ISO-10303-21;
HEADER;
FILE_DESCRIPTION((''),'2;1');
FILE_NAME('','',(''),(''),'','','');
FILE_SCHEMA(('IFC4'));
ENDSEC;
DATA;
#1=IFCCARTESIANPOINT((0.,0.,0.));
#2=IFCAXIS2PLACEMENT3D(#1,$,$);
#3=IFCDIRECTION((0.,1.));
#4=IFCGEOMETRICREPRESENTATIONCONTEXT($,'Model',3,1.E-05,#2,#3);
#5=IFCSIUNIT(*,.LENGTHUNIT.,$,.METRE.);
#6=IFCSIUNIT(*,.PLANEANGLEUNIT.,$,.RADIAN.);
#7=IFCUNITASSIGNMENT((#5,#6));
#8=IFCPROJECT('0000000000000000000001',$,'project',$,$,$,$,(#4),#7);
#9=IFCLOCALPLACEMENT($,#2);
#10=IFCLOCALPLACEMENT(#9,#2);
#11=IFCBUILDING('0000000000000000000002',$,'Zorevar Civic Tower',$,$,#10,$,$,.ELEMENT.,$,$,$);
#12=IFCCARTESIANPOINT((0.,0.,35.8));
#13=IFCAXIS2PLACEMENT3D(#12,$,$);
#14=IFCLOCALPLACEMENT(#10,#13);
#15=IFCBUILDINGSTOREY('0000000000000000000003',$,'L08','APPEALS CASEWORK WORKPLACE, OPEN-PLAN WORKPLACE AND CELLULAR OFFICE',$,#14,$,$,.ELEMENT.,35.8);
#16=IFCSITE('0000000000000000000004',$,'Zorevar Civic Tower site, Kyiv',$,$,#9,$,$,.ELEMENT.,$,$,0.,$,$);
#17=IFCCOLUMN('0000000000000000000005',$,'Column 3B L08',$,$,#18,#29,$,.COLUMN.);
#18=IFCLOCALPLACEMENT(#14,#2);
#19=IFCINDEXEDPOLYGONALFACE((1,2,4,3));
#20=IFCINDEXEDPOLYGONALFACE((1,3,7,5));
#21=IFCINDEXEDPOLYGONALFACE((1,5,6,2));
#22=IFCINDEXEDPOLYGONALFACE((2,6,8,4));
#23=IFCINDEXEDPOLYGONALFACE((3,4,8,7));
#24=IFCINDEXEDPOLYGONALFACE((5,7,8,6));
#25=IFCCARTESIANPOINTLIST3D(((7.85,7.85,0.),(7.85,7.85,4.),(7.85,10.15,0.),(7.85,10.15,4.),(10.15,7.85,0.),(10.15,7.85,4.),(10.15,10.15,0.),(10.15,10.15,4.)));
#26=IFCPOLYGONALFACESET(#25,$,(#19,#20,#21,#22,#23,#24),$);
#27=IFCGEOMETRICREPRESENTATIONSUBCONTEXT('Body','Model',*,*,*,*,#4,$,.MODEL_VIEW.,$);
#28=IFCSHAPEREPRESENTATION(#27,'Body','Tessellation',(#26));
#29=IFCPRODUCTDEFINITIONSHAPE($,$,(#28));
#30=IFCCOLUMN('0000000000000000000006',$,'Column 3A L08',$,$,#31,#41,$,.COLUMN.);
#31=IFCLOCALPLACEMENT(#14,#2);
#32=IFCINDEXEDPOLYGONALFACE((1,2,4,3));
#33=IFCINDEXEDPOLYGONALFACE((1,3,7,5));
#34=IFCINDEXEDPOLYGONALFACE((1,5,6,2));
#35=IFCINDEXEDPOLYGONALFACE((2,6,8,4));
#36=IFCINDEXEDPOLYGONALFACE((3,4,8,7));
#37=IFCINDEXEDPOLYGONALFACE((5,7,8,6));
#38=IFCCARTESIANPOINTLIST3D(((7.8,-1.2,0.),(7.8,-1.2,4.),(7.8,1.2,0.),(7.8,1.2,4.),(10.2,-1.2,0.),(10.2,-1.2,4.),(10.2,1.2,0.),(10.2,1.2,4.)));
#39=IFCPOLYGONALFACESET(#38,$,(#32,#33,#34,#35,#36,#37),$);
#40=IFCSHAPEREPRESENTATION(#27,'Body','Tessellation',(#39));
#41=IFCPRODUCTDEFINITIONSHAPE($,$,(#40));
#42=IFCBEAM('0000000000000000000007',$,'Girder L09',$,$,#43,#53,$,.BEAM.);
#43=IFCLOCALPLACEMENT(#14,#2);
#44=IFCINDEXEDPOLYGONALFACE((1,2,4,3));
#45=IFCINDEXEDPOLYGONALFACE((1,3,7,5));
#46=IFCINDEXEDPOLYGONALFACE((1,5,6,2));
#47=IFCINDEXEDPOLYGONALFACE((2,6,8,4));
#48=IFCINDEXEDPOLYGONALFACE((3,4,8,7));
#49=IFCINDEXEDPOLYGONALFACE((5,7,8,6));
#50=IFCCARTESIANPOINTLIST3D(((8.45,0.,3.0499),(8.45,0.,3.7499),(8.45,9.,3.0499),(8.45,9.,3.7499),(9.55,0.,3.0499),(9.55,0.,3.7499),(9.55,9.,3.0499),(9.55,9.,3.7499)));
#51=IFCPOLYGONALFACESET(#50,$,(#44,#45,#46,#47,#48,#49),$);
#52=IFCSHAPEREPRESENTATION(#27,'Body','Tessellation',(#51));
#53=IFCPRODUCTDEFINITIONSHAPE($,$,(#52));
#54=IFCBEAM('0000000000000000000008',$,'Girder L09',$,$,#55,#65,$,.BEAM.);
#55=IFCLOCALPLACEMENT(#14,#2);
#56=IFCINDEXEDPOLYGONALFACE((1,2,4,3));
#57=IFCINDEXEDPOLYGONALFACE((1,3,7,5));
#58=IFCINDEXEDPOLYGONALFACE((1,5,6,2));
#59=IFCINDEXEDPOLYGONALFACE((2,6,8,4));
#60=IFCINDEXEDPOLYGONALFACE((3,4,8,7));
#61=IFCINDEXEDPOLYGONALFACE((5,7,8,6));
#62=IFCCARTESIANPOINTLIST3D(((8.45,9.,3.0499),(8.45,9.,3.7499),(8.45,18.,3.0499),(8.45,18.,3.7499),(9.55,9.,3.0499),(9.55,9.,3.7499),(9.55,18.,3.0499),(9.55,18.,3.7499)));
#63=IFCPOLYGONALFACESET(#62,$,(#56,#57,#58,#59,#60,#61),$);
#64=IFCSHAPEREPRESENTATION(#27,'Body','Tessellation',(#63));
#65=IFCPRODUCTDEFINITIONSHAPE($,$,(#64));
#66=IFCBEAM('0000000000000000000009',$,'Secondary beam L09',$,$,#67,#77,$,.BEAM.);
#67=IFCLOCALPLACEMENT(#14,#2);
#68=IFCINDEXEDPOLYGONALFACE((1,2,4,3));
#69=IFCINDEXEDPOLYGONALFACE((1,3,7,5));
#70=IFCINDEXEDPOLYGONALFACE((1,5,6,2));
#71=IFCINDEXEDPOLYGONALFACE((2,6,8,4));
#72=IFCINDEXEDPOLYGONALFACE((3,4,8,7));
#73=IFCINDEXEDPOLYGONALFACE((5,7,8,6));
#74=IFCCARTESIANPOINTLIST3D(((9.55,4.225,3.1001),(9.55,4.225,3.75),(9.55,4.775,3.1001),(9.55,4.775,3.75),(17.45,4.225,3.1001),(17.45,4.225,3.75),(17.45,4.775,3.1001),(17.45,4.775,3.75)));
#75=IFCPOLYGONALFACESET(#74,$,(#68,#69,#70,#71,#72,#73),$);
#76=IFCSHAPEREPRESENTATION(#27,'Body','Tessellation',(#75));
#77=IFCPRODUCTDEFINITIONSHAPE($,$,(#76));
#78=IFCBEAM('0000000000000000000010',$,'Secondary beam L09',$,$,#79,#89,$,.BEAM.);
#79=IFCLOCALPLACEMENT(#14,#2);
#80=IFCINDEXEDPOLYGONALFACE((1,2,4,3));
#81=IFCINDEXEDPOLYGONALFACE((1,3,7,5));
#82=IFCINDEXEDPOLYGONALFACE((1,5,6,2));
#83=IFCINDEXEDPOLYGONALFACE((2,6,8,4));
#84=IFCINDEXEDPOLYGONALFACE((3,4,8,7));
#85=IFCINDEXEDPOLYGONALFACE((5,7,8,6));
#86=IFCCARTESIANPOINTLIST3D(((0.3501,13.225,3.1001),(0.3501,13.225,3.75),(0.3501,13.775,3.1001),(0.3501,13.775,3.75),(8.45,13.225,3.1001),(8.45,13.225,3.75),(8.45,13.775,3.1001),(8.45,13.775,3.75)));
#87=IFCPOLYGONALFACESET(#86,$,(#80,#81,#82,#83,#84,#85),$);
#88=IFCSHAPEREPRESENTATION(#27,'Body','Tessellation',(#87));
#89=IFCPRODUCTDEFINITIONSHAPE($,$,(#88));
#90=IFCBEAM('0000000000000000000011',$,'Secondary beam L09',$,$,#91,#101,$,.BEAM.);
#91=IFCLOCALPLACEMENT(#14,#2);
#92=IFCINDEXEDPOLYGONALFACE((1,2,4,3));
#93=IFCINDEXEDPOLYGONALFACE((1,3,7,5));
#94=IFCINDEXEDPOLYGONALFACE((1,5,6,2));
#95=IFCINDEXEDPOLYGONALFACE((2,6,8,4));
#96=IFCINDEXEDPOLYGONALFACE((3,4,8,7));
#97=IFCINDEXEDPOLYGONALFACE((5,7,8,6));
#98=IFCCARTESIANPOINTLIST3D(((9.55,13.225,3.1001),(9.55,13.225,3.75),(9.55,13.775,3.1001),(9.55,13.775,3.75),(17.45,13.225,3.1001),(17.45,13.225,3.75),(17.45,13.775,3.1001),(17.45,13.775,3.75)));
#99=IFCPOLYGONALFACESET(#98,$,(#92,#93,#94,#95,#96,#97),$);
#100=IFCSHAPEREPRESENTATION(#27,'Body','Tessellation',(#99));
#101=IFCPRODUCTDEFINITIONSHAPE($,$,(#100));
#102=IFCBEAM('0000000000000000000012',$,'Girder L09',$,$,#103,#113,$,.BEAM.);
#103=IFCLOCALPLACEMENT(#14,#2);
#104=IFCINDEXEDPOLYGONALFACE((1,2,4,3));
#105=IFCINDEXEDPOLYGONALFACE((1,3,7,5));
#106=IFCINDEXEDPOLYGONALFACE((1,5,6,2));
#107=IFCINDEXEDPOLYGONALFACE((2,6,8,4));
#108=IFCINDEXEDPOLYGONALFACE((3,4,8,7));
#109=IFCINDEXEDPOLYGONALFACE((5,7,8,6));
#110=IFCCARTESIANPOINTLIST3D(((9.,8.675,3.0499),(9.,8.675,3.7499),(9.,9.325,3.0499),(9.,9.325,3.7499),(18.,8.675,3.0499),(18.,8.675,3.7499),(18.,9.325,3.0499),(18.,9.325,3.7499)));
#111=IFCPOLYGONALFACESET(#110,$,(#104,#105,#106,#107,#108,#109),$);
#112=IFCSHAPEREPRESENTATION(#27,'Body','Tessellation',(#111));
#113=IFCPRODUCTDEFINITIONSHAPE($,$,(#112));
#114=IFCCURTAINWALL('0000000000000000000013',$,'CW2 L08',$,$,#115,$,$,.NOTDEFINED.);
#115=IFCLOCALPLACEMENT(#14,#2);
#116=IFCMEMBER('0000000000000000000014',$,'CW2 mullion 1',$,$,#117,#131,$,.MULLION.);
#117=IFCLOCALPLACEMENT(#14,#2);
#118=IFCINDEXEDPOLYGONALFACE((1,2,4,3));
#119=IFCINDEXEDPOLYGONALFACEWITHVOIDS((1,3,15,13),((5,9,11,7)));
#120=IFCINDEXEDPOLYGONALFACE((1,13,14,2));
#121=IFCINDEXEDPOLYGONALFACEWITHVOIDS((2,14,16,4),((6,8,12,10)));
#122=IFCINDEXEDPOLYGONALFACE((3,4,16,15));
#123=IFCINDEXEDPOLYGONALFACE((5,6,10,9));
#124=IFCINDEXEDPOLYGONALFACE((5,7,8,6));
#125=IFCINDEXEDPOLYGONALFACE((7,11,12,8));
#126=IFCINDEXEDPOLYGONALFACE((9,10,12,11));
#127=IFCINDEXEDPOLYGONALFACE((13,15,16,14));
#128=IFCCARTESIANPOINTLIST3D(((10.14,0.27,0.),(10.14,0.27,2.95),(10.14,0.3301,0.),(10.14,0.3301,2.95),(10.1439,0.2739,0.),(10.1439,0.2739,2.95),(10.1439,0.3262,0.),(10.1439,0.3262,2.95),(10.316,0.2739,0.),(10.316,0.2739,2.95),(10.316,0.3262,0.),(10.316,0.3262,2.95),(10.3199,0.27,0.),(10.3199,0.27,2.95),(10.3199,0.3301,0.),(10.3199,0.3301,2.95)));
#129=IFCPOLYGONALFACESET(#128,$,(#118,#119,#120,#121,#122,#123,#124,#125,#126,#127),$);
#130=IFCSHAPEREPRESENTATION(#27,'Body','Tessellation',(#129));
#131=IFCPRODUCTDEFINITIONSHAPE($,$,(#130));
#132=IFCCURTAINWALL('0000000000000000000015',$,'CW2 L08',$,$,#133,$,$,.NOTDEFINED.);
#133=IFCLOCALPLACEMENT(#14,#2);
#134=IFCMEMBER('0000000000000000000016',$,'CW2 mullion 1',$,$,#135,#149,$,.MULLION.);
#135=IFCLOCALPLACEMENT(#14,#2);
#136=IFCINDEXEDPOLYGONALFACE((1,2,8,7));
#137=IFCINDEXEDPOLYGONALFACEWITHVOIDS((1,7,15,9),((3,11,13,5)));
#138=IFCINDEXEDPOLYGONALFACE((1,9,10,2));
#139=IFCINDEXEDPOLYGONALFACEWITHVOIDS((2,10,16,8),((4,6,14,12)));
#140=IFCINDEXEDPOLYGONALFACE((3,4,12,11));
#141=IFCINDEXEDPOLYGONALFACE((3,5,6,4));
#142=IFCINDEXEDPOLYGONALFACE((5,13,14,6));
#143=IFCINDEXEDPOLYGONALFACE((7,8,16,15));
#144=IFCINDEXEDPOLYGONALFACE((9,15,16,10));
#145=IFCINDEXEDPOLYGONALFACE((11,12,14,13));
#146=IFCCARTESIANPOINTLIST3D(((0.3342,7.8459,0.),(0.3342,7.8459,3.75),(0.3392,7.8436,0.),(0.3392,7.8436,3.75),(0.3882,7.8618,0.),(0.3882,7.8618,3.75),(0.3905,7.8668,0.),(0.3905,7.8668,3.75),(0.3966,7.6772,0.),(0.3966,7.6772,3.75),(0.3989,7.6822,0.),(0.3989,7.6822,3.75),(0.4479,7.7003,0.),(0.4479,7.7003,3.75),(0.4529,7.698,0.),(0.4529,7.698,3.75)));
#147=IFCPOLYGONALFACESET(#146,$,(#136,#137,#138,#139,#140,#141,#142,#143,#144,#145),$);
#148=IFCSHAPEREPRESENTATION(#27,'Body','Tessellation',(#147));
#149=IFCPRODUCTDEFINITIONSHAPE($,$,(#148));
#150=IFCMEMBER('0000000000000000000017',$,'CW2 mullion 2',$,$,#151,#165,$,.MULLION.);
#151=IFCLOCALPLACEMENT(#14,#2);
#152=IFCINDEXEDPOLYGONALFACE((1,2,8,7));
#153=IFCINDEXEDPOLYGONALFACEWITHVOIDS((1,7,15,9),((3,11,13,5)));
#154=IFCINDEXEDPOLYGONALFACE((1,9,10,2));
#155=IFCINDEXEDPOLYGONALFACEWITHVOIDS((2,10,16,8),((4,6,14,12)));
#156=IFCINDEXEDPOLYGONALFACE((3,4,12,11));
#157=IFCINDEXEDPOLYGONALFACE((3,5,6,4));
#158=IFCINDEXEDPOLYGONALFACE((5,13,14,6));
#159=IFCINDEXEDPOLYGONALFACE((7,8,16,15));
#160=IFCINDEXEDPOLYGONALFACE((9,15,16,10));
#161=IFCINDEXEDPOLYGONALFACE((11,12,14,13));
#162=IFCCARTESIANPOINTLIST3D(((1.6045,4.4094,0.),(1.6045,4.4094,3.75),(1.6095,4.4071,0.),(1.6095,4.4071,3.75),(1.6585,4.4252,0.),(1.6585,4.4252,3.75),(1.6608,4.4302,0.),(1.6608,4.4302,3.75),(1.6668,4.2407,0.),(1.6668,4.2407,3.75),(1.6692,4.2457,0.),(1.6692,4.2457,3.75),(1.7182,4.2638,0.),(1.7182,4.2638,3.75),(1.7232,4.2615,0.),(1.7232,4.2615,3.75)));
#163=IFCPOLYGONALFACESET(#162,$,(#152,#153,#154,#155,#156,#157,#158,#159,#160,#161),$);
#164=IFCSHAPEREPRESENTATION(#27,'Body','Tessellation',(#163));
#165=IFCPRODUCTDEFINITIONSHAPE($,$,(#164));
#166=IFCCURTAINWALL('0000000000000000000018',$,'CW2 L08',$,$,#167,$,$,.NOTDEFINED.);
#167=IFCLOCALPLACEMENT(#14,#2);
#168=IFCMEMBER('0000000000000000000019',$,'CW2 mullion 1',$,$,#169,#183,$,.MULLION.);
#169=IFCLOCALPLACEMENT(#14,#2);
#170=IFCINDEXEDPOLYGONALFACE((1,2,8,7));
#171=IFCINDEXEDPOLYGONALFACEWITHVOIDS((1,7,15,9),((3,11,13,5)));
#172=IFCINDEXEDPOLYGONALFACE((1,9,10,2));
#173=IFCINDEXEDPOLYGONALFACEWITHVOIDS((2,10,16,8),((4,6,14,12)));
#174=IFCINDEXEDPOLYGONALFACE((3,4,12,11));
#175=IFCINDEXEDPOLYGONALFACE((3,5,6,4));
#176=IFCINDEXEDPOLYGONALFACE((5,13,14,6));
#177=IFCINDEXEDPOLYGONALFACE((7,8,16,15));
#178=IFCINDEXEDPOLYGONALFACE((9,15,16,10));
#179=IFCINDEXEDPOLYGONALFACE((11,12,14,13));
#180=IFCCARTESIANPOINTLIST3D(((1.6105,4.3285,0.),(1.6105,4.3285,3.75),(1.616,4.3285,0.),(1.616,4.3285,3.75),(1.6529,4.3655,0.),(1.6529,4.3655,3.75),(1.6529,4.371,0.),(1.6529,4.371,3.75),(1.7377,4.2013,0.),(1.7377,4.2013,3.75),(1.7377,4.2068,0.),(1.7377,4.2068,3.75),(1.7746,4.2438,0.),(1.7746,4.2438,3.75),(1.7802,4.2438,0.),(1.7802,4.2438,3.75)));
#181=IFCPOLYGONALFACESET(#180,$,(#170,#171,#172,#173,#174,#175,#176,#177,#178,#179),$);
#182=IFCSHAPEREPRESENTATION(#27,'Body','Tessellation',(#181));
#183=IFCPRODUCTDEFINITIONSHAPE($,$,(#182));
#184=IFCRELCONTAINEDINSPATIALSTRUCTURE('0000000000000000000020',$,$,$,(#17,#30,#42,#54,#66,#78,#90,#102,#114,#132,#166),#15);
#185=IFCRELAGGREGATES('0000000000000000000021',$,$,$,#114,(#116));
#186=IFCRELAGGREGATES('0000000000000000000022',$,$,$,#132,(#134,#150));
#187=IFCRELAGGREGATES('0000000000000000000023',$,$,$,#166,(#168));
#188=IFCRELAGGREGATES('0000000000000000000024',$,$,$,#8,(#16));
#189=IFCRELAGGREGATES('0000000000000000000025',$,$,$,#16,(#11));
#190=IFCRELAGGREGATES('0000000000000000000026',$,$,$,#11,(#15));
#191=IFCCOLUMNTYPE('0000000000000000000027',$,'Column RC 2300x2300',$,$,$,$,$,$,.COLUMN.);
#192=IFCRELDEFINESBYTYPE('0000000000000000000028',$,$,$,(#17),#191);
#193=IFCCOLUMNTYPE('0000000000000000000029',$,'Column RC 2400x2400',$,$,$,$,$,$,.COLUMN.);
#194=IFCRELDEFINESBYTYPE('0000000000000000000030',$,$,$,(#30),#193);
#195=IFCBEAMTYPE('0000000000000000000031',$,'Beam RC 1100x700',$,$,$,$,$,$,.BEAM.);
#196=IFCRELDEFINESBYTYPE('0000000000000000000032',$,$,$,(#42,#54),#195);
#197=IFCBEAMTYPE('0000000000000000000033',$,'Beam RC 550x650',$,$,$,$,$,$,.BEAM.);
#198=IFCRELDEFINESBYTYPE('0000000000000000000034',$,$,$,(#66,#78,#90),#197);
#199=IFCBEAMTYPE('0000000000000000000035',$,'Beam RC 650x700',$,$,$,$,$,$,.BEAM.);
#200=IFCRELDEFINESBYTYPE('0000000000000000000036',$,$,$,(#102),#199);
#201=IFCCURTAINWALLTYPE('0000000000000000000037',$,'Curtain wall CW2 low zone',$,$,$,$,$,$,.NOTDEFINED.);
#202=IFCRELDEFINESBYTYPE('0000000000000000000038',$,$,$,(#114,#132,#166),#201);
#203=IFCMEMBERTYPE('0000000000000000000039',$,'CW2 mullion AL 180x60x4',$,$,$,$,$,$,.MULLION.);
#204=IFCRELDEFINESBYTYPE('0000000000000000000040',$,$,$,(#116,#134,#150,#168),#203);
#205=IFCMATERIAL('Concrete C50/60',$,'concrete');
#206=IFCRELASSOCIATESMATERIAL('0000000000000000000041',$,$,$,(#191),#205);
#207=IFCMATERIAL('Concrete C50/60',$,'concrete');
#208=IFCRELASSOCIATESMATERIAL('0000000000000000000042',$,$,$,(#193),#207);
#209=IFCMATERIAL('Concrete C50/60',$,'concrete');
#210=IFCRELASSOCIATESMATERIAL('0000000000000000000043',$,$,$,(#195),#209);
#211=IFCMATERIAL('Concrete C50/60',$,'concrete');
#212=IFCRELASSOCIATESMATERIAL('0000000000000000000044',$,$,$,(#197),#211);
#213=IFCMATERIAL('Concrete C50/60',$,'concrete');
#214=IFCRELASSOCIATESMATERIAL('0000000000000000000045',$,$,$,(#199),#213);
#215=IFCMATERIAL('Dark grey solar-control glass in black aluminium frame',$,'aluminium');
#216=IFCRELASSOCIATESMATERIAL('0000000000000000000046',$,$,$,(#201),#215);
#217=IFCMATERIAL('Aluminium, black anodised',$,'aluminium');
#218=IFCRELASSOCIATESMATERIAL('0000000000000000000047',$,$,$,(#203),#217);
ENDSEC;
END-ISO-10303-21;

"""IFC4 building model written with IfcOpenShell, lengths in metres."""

from ifc_helpers import new_model, si_unit, direction, frame, origin, origin_2d, place, context, subcontext, project, spatial, rectangle, hollow_rectangle, extrude, material, material_profile, profile_set, type_object, element, aggregate, save


model = new_model("IFC4")

# Units and contexts
model_context = context("Model", 3, precision=1e-05, world=origin(), true_north=direction((0.0, 1.0)))
body_context = subcontext(model_context, "Body", "Model", "MODEL_VIEW")
ifc_project = project(units=[si_unit("LENGTHUNIT", "METRE"), si_unit("PLANEANGLEUNIT", "RADIAN")], contexts=[model_context])

# Site, building, storey
site_placement = place(None, origin())
site = spatial("IfcSite", under=ifc_project, at=site_placement, Name="Zorevar Civic Tower site, Kyiv", CompositionType="ELEMENT", RefElevation=0.0)
building_placement = place(site_placement, origin())
building = spatial("IfcBuilding", under=site, at=building_placement, Name="Zorevar Civic Tower", CompositionType="ELEMENT")
storey_placement = place(building_placement, frame((0.0, 0.0, 35.8)))
storey = spatial("IfcBuildingStorey", under=building, at=storey_placement, Name="L08", Description="APPEALS CASEWORK WORKPLACE, OPEN-PLAN WORKPLACE AND CELLULAR OFFICE", CompositionType="ELEMENT", Elevation=35.8)

# Columns
ifc_material_1 = material(Name="Concrete C50/60", Category="concrete")
ifc_material_profile_1 = material_profile(ifc_material_1, rectangle(XDim=2.3, YDim=2.3, at=origin_2d()), Name="RC 2300x2300")
ifc_profile_set_1 = profile_set([ifc_material_profile_1], Name="Concrete C50/60")
column_type_1 = type_object("IfcColumnType", Name="Column RC 2300x2300", PredefinedType="COLUMN", material=ifc_profile_set_1)
column_1_placement = place(storey_placement, frame((9.0, 9.0, 0.0), z_axis=(0.0, 0.0, 1.0), x_axis=(1.0, 0.0, 0.0)))
element("IfcColumn", 1, at=column_1_placement, inside=storey, type_object=column_type_1, Name="Column 3B L08", PredefinedType="COLUMN", context=body_context, shape_type="SweptSolid", body=[
    extrude(rectangle(XDim=2.3, YDim=2.3, at=origin_2d()), origin(), (0.0, 0.0, 1.0), 4.0),
])
ifc_material_2 = material(Name="Concrete C50/60", Category="concrete")
ifc_material_profile_2 = material_profile(ifc_material_2, rectangle(XDim=2.3999, YDim=2.3999, at=origin_2d()), Name="RC 2400x2400")
ifc_profile_set_2 = profile_set([ifc_material_profile_2], Name="Concrete C50/60")
column_type_2 = type_object("IfcColumnType", Name="Column RC 2400x2400", PredefinedType="COLUMN", material=ifc_profile_set_2)
column_2_placement = place(storey_placement, frame((9.0, 0.0, 0.0), z_axis=(0.0, 0.0, 1.0), x_axis=(1.0, 0.0, 0.0)))
element("IfcColumn", 2, at=column_2_placement, inside=storey, type_object=column_type_2, Name="Column 3A L08", PredefinedType="COLUMN", context=body_context, shape_type="SweptSolid", body=[
    extrude(rectangle(XDim=2.3999, YDim=2.3999, at=origin_2d()), origin(), (0.0, 0.0, 1.0), 4.0),
])

# Beams
ifc_material_3 = material(Name="Concrete C50/60", Category="concrete")
ifc_material_profile_3 = material_profile(ifc_material_3, rectangle(XDim=1.1001, YDim=0.7, at=origin_2d()), Name="RC 1100x700")
ifc_profile_set_3 = profile_set([ifc_material_profile_3], Name="Concrete C50/60")
beam_type_1 = type_object("IfcBeamType", Name="Beam RC 1100x700", PredefinedType="BEAM", material=ifc_profile_set_3)
for number, where, z_axis, x_axis, name in (
    (3, (9.0, 0.0, 3.3999), (0.0, 1.0, 0.0), (-1.0, 0.0, 0.0), "Girder L09"),
    (4, (9.0, 9.0, 3.3999), (0.0, 1.0, 0.0), (-1.0, 0.0, 0.0), "Girder L09"),
):
    element("IfcBeam", number, at=place(storey_placement, frame(where, z_axis=z_axis, x_axis=x_axis)), inside=storey, type_object=beam_type_1, Name=name, PredefinedType="BEAM", context=body_context, shape_type="SweptSolid", body=[
        extrude(rectangle(XDim=1.1001, YDim=0.7, at=origin_2d()), origin(), (0.0, 0.0, 1.0), 9.0),
    ])
ifc_material_4 = material(Name="Concrete C50/60", Category="concrete")
ifc_material_profile_4 = material_profile(ifc_material_4, rectangle(XDim=0.55, YDim=0.6499, at=origin_2d()), Name="RC 550x650")
ifc_profile_set_4 = profile_set([ifc_material_profile_4], Name="Concrete C50/60")
beam_type_2 = type_object("IfcBeamType", Name="Beam RC 550x650", PredefinedType="BEAM", material=ifc_profile_set_4)
beam_1_placement = place(storey_placement, frame((9.55, 4.5, 3.425), z_axis=(1.0, 0.0, 0.0), x_axis=(0.0, 1.0, 0.0)))
element("IfcBeam", 5, at=beam_1_placement, inside=storey, type_object=beam_type_2, Name="Secondary beam L09", PredefinedType="BEAM", context=body_context, shape_type="SweptSolid", body=[
    extrude(rectangle(XDim=0.55, YDim=0.6499, at=origin_2d()), origin(), (0.0, 0.0, 1.0), 7.8999),
])
beam_2_placement = place(storey_placement, frame((0.3501, 13.5, 3.425), z_axis=(1.0, 0.0, 0.0), x_axis=(0.0, 1.0, 0.0)))
element("IfcBeam", 6, at=beam_2_placement, inside=storey, type_object=beam_type_2, Name="Secondary beam L09", PredefinedType="BEAM", context=body_context, shape_type="SweptSolid", body=[
    extrude(rectangle(XDim=0.55, YDim=0.6499, at=origin_2d()), origin(), (0.0, 0.0, 1.0), 8.0999),
])
beam_3_placement = place(storey_placement, frame((9.55, 13.5, 3.425), z_axis=(1.0, 0.0, 0.0), x_axis=(0.0, 1.0, 0.0)))
element("IfcBeam", 7, at=beam_3_placement, inside=storey, type_object=beam_type_2, Name="Secondary beam L09", PredefinedType="BEAM", context=body_context, shape_type="SweptSolid", body=[
    extrude(rectangle(XDim=0.55, YDim=0.6499, at=origin_2d()), origin(), (0.0, 0.0, 1.0), 7.8999),
])
ifc_material_5 = material(Name="Concrete C50/60", Category="concrete")
ifc_material_profile_5 = material_profile(ifc_material_5, rectangle(XDim=0.6499, YDim=0.7, at=origin_2d()), Name="RC 650x700")
ifc_profile_set_5 = profile_set([ifc_material_profile_5], Name="Concrete C50/60")
beam_type_3 = type_object("IfcBeamType", Name="Beam RC 650x700", PredefinedType="BEAM", material=ifc_profile_set_5)
beam_4_placement = place(storey_placement, frame((9.0, 9.0, 3.3999), z_axis=(1.0, 0.0, 0.0), x_axis=(0.0, 1.0, 0.0)))
element("IfcBeam", 8, at=beam_4_placement, inside=storey, type_object=beam_type_3, Name="Girder L09", PredefinedType="BEAM", context=body_context, shape_type="SweptSolid", body=[
    extrude(rectangle(XDim=0.6499, YDim=0.7, at=origin_2d()), origin(), (0.0, 0.0, 1.0), 9.0),
])

# Curtain wall, member
ifc_material_6 = material(Name="Dark grey solar-control glass in black aluminium frame", Category="aluminium")
curtain_wall_type = type_object("IfcCurtainWallType", Name="Curtain wall CW2 low zone", PredefinedType="NOTDEFINED", material=ifc_material_6)
curtain_wall_1_placement = place(storey_placement, origin())
curtain_wall_1 = element("IfcCurtainWall", 9, at=curtain_wall_1_placement, inside=storey, type_object=curtain_wall_type, Name="CW2 L08", PredefinedType="NOTDEFINED")
ifc_material_7 = material(Name="Aluminium, black anodised", Category="aluminium")
ifc_material_profile_6 = material_profile(ifc_material_7, hollow_rectangle(XDim=0.0601, YDim=0.1799, WallThickness=0.0039, at=origin_2d()), Name="AL 180x60x4")
ifc_profile_set_6 = profile_set([ifc_material_profile_6], Name="Aluminium, black anodised")
member_type_1 = type_object("IfcMemberType", Name="CW2 mullion AL 180x60x4", PredefinedType="MULLION", material=ifc_profile_set_6)
member_1_placement = place(storey_placement, frame((10.23, 0.3, 0.0), z_axis=(0.0, 0.0, 1.0), x_axis=(0.0, 1.0, 0.0)))
member_1 = element("IfcMember", 10, at=member_1_placement, type_object=member_type_1, Name="CW2 mullion 1", PredefinedType="MULLION", context=body_context, shape_type="SweptSolid", body=[
    extrude(hollow_rectangle(XDim=0.0601, YDim=0.1799, WallThickness=0.0039, at=origin_2d()), origin(), (0.0, 0.0, 1.0), 2.95),
])
aggregate(curtain_wall_1, [member_1])

# Curtain walls, members
curtain_wall_2_placement = place(storey_placement, origin())
curtain_wall_2 = element("IfcCurtainWall", 11, at=curtain_wall_2_placement, inside=storey, type_object=curtain_wall_type, Name="CW2 L08", PredefinedType="NOTDEFINED")
member_2_placement = place(storey_placement, frame((0.3936, 7.772, 0.0), z_axis=(0.0, 0.0, 1.0), x_axis=(0.937975, 0.346704, 0.0)))
member_2 = element("IfcMember", 12, at=member_2_placement, type_object=member_type_1, Name="CW2 mullion 1", PredefinedType="MULLION", context=body_context, shape_type="SweptSolid", body=[
    extrude(hollow_rectangle(XDim=0.0601, YDim=0.1799, WallThickness=0.0039, at=origin_2d()), origin(), (0.0, 0.0, 1.0), 3.75),
])
member_3_placement = place(storey_placement, frame((1.6638, 4.3354, 0.0), z_axis=(0.0, 0.0, 1.0), x_axis=(0.937975, 0.346704, 0.0)))
member_3 = element("IfcMember", 13, at=member_3_placement, type_object=member_type_1, Name="CW2 mullion 2", PredefinedType="MULLION", context=body_context, shape_type="SweptSolid", body=[
    extrude(hollow_rectangle(XDim=0.0601, YDim=0.1799, WallThickness=0.0039, at=origin_2d()), origin(), (0.0, 0.0, 1.0), 3.75),
])
curtain_wall_3_placement = place(storey_placement, origin())
curtain_wall_3 = element("IfcCurtainWall", 14, at=curtain_wall_3_placement, inside=storey, type_object=curtain_wall_type, Name="CW2 L08", PredefinedType="NOTDEFINED")
member_4_placement = place(storey_placement, frame((1.6953, 4.2861, 0.0), z_axis=(0.0, 0.0, 1.0), x_axis=(0.707107, 0.707107, 0.0)))
member_4 = element("IfcMember", 15, at=member_4_placement, type_object=member_type_1, Name="CW2 mullion 1", PredefinedType="MULLION", context=body_context, shape_type="SweptSolid", body=[
    extrude(hollow_rectangle(XDim=0.0601, YDim=0.1799, WallThickness=0.0039, at=origin_2d()), origin(), (0.0, 0.0, 1.0), 3.75),
])

aggregate(curtain_wall_2, [member_2, member_3])
aggregate(curtain_wall_3, [member_4])

save(model, "model.ifc")
